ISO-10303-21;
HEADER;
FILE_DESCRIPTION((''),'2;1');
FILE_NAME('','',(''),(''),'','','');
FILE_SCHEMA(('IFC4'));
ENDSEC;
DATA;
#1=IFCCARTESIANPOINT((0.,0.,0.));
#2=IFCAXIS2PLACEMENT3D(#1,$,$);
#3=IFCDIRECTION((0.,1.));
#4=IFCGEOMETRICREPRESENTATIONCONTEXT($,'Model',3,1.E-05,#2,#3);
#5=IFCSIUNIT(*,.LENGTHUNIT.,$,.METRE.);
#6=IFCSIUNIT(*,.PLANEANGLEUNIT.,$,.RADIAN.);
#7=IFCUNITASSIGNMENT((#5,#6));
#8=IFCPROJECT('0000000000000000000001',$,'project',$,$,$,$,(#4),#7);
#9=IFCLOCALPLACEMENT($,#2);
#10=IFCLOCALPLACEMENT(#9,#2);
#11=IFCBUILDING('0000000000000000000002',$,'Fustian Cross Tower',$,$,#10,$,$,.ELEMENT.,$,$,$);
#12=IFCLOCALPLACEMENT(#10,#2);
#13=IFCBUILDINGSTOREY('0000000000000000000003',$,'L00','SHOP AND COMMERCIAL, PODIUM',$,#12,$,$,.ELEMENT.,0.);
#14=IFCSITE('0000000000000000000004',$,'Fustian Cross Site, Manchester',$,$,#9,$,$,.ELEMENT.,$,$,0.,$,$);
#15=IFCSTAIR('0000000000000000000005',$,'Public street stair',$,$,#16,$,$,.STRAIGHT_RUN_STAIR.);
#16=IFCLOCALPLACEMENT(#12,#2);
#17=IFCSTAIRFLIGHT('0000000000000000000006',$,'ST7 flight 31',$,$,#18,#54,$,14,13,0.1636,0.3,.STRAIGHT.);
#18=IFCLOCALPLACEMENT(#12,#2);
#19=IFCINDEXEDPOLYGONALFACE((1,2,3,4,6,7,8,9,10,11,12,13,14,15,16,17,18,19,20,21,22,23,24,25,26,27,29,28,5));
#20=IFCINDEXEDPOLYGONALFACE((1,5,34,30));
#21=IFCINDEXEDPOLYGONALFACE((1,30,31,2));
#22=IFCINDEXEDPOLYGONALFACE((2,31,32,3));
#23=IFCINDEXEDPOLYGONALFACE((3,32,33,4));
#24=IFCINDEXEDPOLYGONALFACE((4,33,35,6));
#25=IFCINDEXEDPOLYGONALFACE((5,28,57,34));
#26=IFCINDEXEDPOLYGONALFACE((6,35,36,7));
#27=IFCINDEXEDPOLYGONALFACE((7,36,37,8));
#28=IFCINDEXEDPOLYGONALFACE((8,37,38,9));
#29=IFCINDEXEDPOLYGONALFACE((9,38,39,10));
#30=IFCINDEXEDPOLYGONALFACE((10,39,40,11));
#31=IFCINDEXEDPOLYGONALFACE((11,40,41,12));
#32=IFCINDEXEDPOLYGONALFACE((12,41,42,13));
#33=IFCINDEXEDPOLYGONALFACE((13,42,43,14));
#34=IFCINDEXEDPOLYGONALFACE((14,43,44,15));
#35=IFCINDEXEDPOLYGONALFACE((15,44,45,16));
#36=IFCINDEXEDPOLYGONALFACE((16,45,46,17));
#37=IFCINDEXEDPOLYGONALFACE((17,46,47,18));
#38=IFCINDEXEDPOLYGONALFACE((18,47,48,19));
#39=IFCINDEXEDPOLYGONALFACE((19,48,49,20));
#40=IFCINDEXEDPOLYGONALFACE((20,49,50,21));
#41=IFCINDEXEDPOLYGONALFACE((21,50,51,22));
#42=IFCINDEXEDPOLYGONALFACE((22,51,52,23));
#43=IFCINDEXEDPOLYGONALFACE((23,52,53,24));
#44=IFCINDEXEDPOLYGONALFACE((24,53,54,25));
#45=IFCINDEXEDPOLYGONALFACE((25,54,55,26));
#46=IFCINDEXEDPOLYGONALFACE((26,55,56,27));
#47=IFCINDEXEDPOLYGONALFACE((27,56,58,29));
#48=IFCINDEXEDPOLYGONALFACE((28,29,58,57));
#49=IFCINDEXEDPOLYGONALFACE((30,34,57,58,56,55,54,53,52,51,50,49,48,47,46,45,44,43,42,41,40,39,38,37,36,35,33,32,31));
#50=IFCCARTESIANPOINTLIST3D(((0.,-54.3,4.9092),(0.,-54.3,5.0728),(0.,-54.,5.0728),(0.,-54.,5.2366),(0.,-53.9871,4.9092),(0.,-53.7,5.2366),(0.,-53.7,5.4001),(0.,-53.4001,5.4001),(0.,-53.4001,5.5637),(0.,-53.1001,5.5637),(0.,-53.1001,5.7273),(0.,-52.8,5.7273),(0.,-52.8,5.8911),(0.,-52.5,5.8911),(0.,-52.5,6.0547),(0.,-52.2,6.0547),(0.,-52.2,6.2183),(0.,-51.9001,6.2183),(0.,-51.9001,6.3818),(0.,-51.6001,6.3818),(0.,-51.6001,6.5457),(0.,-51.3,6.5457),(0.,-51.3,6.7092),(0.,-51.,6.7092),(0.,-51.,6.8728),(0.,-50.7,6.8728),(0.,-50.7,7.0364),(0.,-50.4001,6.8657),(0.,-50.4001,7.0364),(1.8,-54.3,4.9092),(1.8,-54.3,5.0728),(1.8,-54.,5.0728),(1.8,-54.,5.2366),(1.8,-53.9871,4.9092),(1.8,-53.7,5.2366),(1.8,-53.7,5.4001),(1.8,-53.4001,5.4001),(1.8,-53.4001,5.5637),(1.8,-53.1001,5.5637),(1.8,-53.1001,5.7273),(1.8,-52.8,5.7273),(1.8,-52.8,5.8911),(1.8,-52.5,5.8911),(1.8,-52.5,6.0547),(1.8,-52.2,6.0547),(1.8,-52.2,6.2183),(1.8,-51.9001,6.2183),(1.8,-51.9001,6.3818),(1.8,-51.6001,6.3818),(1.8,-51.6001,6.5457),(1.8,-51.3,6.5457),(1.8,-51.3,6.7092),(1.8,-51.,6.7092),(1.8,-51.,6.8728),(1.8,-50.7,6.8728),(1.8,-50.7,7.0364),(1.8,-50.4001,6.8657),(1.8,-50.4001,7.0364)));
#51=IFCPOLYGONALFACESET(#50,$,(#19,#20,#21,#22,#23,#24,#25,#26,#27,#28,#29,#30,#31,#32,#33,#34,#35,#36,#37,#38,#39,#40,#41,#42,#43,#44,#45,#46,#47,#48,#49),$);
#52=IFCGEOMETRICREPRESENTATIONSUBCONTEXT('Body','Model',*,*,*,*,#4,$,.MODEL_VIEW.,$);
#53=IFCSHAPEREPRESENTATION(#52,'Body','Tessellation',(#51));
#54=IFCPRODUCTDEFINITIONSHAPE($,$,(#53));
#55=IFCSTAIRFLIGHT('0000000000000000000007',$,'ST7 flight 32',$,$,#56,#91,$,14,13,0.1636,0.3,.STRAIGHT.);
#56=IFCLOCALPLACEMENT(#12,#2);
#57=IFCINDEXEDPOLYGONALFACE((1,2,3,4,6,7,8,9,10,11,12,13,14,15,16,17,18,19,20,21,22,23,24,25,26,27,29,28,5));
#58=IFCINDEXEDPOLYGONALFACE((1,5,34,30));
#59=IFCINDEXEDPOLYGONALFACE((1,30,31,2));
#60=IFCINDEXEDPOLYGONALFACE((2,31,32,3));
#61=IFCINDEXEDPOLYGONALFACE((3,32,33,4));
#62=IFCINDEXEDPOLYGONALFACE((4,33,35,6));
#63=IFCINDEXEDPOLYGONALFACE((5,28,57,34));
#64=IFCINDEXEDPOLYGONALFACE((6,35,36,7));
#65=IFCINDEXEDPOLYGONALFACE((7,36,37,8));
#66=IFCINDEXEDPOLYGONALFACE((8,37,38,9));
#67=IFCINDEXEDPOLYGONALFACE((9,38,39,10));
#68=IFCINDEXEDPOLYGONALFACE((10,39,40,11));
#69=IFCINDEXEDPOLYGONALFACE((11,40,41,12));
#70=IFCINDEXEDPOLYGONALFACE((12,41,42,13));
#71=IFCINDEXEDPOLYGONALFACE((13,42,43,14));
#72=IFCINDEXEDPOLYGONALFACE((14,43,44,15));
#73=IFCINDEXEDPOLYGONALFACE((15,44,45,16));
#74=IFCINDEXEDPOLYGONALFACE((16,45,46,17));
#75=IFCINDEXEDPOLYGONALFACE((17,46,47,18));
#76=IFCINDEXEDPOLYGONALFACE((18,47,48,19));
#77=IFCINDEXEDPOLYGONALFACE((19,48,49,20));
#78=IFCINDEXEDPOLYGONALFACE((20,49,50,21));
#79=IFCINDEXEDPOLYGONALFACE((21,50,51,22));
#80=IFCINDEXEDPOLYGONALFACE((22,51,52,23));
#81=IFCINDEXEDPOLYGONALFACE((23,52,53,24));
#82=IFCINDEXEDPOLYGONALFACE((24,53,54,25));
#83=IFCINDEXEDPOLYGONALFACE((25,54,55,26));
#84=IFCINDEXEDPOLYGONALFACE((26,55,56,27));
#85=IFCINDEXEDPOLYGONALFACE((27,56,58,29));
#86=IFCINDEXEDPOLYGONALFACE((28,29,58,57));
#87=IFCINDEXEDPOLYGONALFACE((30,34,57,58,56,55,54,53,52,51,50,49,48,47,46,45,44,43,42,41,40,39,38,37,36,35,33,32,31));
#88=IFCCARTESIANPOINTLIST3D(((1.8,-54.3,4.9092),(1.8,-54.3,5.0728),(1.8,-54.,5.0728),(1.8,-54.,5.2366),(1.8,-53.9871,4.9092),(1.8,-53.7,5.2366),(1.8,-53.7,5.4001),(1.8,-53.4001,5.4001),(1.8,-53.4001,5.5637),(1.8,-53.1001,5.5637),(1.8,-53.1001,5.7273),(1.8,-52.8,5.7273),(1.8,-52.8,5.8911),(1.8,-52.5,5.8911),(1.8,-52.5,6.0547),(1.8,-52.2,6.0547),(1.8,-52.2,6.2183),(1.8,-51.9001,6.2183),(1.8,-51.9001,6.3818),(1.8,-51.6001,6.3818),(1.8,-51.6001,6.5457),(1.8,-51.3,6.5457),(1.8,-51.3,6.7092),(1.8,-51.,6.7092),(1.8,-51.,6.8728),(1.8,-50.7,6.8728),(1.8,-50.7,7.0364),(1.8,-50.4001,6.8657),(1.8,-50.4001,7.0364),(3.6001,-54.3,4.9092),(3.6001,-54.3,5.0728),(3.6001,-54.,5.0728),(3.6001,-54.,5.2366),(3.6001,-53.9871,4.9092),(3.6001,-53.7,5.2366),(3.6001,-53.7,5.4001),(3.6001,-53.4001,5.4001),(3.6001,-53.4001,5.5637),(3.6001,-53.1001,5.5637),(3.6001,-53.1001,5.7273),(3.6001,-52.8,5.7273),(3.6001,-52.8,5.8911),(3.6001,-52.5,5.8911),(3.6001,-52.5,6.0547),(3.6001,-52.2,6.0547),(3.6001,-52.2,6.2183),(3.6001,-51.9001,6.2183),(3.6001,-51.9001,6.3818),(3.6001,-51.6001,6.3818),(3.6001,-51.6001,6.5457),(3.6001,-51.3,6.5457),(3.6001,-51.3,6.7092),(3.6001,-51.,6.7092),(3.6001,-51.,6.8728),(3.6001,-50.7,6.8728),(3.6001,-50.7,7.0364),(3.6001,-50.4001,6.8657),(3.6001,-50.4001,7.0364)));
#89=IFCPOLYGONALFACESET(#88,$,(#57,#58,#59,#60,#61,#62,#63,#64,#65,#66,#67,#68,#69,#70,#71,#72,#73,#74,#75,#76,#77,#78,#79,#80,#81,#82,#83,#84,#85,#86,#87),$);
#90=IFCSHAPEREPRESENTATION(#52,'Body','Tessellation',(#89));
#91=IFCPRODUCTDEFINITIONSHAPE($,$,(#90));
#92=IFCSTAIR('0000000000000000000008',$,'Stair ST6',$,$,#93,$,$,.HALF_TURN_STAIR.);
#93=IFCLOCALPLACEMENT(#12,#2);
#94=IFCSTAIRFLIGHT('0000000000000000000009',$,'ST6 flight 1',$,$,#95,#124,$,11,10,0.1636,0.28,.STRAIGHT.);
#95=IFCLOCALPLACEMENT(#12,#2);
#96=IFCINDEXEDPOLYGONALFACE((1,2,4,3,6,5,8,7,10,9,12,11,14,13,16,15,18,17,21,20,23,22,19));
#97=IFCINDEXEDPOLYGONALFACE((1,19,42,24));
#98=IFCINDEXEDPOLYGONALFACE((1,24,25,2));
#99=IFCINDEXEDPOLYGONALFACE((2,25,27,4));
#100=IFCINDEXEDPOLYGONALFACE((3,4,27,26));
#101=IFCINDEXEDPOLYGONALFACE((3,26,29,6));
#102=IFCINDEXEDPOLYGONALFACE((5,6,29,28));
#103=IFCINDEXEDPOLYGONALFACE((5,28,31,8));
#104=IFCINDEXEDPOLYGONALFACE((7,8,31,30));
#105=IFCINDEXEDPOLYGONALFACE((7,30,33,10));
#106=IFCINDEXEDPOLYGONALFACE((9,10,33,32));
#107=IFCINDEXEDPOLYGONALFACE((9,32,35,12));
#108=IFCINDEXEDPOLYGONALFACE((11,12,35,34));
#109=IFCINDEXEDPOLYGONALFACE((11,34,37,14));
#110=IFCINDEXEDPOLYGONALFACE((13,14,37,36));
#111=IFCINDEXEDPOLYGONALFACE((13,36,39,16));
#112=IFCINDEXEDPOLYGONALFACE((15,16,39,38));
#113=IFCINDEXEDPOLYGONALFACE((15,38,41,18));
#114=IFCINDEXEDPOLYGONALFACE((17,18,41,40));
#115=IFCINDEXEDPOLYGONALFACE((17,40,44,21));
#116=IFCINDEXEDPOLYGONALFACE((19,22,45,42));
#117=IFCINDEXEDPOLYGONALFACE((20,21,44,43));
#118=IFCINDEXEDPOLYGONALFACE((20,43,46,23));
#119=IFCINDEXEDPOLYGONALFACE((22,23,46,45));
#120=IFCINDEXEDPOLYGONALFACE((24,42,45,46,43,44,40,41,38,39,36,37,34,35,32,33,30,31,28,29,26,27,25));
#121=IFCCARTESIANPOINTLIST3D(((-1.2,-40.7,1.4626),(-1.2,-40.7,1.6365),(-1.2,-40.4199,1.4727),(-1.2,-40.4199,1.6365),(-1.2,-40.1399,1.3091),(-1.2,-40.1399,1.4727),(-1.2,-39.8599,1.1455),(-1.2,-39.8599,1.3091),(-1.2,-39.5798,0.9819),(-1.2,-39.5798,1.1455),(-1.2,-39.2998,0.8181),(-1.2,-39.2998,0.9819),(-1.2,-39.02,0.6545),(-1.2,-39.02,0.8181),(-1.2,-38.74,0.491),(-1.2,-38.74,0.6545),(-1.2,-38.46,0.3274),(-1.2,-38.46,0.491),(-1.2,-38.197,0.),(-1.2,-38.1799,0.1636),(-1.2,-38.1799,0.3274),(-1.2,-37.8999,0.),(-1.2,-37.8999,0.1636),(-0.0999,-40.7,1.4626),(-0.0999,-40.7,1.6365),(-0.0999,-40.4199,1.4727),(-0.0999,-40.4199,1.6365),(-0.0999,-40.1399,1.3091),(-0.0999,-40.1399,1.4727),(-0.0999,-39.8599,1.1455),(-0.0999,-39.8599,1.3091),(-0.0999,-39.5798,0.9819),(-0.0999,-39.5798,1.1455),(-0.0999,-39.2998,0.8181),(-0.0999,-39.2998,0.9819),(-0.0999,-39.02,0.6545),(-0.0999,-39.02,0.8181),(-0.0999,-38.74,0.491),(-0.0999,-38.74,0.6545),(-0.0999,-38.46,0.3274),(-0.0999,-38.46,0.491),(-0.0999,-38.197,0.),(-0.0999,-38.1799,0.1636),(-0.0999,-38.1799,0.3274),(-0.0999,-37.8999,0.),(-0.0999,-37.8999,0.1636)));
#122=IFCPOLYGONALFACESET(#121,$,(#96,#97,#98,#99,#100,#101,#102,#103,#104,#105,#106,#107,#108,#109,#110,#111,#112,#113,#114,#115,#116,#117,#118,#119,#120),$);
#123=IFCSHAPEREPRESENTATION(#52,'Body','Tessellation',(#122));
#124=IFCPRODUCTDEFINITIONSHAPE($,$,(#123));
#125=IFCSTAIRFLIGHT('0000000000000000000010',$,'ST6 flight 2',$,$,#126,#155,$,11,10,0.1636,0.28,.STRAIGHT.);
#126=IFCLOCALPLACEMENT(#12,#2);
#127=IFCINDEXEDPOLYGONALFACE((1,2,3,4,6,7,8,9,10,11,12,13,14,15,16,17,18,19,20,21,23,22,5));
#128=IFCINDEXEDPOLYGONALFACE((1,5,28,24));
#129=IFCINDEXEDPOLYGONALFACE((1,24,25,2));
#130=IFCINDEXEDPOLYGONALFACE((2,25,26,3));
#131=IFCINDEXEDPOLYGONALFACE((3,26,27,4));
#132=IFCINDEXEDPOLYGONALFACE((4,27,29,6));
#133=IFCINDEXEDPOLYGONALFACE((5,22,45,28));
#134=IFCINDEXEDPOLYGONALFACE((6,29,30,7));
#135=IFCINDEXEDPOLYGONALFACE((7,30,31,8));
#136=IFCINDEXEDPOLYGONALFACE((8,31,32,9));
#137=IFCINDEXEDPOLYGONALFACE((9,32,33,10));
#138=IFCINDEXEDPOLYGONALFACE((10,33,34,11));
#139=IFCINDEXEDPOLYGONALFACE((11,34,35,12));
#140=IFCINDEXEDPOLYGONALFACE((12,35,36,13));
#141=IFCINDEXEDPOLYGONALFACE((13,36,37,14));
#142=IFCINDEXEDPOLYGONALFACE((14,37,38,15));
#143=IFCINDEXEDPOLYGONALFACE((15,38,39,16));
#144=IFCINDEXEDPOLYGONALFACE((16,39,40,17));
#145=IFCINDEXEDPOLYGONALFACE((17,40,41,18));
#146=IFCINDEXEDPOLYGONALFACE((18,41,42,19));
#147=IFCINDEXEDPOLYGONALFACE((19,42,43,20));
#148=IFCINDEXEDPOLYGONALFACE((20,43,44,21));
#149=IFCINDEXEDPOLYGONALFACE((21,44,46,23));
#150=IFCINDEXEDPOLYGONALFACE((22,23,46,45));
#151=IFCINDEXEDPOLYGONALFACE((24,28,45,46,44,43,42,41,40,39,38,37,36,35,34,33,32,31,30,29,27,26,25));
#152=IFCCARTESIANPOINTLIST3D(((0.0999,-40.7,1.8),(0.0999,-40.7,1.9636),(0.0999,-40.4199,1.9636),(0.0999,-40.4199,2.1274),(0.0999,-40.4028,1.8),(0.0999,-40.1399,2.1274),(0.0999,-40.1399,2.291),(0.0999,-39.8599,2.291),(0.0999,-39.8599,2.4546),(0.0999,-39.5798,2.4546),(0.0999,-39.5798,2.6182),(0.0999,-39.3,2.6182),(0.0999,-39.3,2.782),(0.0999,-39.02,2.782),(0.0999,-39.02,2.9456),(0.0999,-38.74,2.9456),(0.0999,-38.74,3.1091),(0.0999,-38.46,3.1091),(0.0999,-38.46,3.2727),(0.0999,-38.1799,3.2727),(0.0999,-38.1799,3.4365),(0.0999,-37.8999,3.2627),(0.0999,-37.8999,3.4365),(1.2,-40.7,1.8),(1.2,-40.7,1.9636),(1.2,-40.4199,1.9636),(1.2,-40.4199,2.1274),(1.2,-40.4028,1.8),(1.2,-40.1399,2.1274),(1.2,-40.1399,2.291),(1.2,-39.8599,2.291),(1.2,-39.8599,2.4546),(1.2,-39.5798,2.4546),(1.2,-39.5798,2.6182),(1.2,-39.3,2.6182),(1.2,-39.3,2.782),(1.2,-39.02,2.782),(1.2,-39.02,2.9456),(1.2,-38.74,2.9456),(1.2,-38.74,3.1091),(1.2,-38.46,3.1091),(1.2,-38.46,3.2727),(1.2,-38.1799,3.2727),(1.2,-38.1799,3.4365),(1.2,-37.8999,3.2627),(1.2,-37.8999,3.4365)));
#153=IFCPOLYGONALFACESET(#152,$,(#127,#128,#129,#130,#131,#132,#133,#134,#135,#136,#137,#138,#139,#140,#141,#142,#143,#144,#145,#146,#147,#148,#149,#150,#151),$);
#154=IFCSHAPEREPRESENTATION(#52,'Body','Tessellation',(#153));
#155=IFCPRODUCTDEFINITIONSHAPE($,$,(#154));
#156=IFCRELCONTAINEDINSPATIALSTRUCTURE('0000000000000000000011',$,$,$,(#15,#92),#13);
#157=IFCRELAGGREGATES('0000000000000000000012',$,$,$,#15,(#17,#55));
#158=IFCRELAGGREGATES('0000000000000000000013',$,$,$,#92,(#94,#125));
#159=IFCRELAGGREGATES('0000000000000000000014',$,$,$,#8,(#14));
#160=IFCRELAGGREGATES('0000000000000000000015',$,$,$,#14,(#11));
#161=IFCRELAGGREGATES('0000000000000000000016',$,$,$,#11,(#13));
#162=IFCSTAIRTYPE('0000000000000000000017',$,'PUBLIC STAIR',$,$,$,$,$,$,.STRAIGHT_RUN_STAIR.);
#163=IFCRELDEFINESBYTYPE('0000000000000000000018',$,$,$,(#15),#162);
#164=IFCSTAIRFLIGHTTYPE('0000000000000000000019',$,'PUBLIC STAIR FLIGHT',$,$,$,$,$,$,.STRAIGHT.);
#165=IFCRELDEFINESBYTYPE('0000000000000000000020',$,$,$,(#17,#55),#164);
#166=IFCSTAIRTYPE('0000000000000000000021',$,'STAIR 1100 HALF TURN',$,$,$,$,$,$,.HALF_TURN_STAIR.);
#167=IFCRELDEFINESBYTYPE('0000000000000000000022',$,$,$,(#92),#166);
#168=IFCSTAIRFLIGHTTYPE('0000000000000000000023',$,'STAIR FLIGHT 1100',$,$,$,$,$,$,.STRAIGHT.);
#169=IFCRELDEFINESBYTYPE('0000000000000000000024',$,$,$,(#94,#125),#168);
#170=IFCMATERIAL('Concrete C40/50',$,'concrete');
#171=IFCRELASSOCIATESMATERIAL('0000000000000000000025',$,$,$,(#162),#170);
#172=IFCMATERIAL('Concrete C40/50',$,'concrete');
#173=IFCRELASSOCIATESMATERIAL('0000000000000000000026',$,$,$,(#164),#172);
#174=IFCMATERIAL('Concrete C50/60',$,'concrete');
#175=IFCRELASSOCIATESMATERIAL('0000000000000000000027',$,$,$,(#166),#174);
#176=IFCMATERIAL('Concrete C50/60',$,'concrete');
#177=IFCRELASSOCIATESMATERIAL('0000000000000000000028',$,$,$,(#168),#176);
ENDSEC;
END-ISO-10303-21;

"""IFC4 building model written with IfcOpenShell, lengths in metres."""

from ifc_helpers import new_model, si_unit, direction, frame, origin, place, context, subcontext, project, spatial, polyline, outline, extrude, material, type_object, element, aggregate, save


model = new_model("IFC4")

# Units and contexts
model_context = context("Model", 3, precision=1e-05, world=origin(), true_north=direction((0.0, 1.0)))
body_context = subcontext(model_context, "Body", "Model", "MODEL_VIEW")
ifc_project = project(units=[si_unit("LENGTHUNIT", "METRE"), si_unit("PLANEANGLEUNIT", "RADIAN")], contexts=[model_context])

# Site, building, storey
site_placement = place(None, origin())
site = spatial("IfcSite", under=ifc_project, at=site_placement, Name="Fustian Cross Site, Manchester", CompositionType="ELEMENT", RefElevation=0.0)
building_placement = place(site_placement, origin())
building = spatial("IfcBuilding", under=site, at=building_placement, Name="Fustian Cross Tower", CompositionType="ELEMENT")
storey_placement = place(building_placement, origin())
storey = spatial("IfcBuildingStorey", under=building, at=storey_placement, Name="L00", Description="SHOP AND COMMERCIAL, PODIUM", CompositionType="ELEMENT", Elevation=0.0)

# Stairs, stair flights
ifc_material_1 = material(Name="Concrete C40/50", Category="concrete")
stair_type_1 = type_object("IfcStairType", Name="PUBLIC STAIR", PredefinedType="STRAIGHT_RUN_STAIR", material=ifc_material_1)
stair_1_placement = place(storey_placement, origin())
stair_1 = element("IfcStair", 1, at=stair_1_placement, inside=storey, type_object=stair_type_1, Name="Public street stair", PredefinedType="STRAIGHT_RUN_STAIR")
ifc_material_2 = material(Name="Concrete C40/50", Category="concrete")
stair_flight_type_1 = type_object("IfcStairFlightType", Name="PUBLIC STAIR FLIGHT", PredefinedType="STRAIGHT", material=ifc_material_2)
stair_flight_1_placement = place(storey_placement, frame((0.8999, -54.3, 4.9092), z_axis=(0.0, 0.0, 1.0), x_axis=(0.0, 1.0, 0.0)))
stair_flight_1 = element("IfcStairFlight", 2, at=stair_flight_1_placement, type_object=stair_flight_type_1, Name="ST7 flight 31", NumberOfRisers=14, NumberOfTreads=13, PredefinedType="STRAIGHT", RiserHeight=0.1636, TreadLength=0.3, context=body_context, shape_type="SweptSolid", body=[
    extrude(outline(polyline([(0.0, 0.0), (0.0, 0.1636), (0.3, 0.1636), (0.3, 0.3274), (0.6001, 0.3274), (0.6001, 0.491), (0.8999, 0.491), (0.8999, 0.6545), (1.2, 0.6545), (1.2, 0.8181), (1.5, 0.8181), (1.5, 0.9819), (1.8, 0.9819), (1.8, 1.1455), (2.1001, 1.1455), (2.1001, 1.3091), (2.3999, 1.3091), (2.3999, 1.4727), (2.7, 1.4727), (2.7, 1.6365), (3.0, 1.6365), (3.0, 1.8), (3.3, 1.8), (3.3, 1.9636), (3.6001, 1.9636), (3.6001, 2.1272), (3.8999, 2.1272), (3.8999, 2.291), (3.8999, 1.9565), (0.313, 0.0), (0.0, 0.0)])), frame((0.0, 0.8999, 0.0), z_axis=(0.0, -1.0, 0.0), x_axis=(1.0, 0.0, 0.0)), (0.0, 0.0, 1.0), 1.8),
])
stair_flight_2_placement = place(storey_placement, frame((2.7, -54.3, 4.9092), z_axis=(0.0, 0.0, 1.0), x_axis=(0.0, 1.0, 0.0)))
stair_flight_2 = element("IfcStairFlight", 3, at=stair_flight_2_placement, type_object=stair_flight_type_1, Name="ST7 flight 32", NumberOfRisers=14, NumberOfTreads=13, PredefinedType="STRAIGHT", RiserHeight=0.1636, TreadLength=0.3, context=body_context, shape_type="SweptSolid", body=[
    extrude(outline(polyline([(0.0, 0.0), (0.0, 0.1636), (0.3, 0.1636), (0.3, 0.3274), (0.6001, 0.3274), (0.6001, 0.491), (0.8999, 0.491), (0.8999, 0.6545), (1.2, 0.6545), (1.2, 0.8181), (1.5, 0.8181), (1.5, 0.9819), (1.8, 0.9819), (1.8, 1.1455), (2.1001, 1.1455), (2.1001, 1.3091), (2.3999, 1.3091), (2.3999, 1.4727), (2.7, 1.4727), (2.7, 1.6365), (3.0, 1.6365), (3.0, 1.8), (3.3, 1.8), (3.3, 1.9636), (3.6001, 1.9636), (3.6001, 2.1272), (3.8999, 2.1272), (3.8999, 2.291), (3.8999, 1.9565), (0.313, 0.0), (0.0, 0.0)])), frame((0.0, 0.8999, 0.0), z_axis=(0.0, -1.0, 0.0), x_axis=(1.0, 0.0, 0.0)), (0.0, 0.0, 1.0), 1.8),
])
aggregate(stair_1, [stair_flight_1, stair_flight_2])
ifc_material_3 = material(Name="Concrete C50/60", Category="concrete")
stair_type_2 = type_object("IfcStairType", Name="STAIR 1100 HALF TURN", PredefinedType="HALF_TURN_STAIR", material=ifc_material_3)
stair_2_placement = place(storey_placement, origin())
stair_2 = element("IfcStair", 4, at=stair_2_placement, inside=storey, type_object=stair_type_2, Name="Stair ST6", PredefinedType="HALF_TURN_STAIR")
ifc_material_4 = material(Name="Concrete C50/60", Category="concrete")
stair_flight_type_2 = type_object("IfcStairFlightType", Name="STAIR FLIGHT 1100", PredefinedType="STRAIGHT", material=ifc_material_4)
stair_flight_3_placement = place(storey_placement, frame((-0.6499, -37.8999, 0.0), z_axis=(0.0, 0.0, 1.0), x_axis=(0.0, -1.0, 0.0)))
stair_flight_3 = element("IfcStairFlight", 5, at=stair_flight_3_placement, type_object=stair_flight_type_2, Name="ST6 flight 1", NumberOfRisers=11, NumberOfTreads=10, PredefinedType="STRAIGHT", RiserHeight=0.1636, TreadLength=0.28, context=body_context, shape_type="SweptSolid", body=[
    extrude(outline(polyline([(0.0, 0.0), (0.0, 0.1636), (0.28, 0.1636), (0.28, 0.3274), (0.5601, 0.3274), (0.5601, 0.491), (0.8401, 0.491), (0.8401, 0.6545), (1.1201, 0.6545), (1.1201, 0.8181), (1.3999, 0.8181), (1.3999, 0.9819), (1.6799, 0.9819), (1.6799, 1.1455), (1.96, 1.1455), (1.96, 1.3091), (2.24, 1.3091), (2.24, 1.4727), (2.52, 1.4727), (2.52, 1.6365), (2.8, 1.6365), (2.8, 1.8), (2.8, 1.4626), (0.2971, 0.0), (0.0, 0.0)])), frame((0.0, 0.55, 0.0), z_axis=(0.0, -1.0, 0.0), x_axis=(1.0, 0.0, 0.0)), (0.0, 0.0, 1.0), 1.1001),
])
stair_flight_4_placement = place(storey_placement, frame((0.6499, -40.7, 1.8), z_axis=(0.0, 0.0, 1.0), x_axis=(0.0, 1.0, 0.0)))
stair_flight_4 = element("IfcStairFlight", 6, at=stair_flight_4_placement, type_object=stair_flight_type_2, Name="ST6 flight 2", NumberOfRisers=11, NumberOfTreads=10, PredefinedType="STRAIGHT", RiserHeight=0.1636, TreadLength=0.28, context=body_context, shape_type="SweptSolid", body=[
    extrude(outline(polyline([(0.0, 0.0), (0.0, 0.1636), (0.28, 0.1636), (0.28, 0.3274), (0.5601, 0.3274), (0.5601, 0.491), (0.8401, 0.491), (0.8401, 0.6545), (1.1201, 0.6545), (1.1201, 0.8181), (1.3999, 0.8181), (1.3999, 0.9819), (1.6799, 0.9819), (1.6799, 1.1455), (1.96, 1.1455), (1.96, 1.3091), (2.24, 1.3091), (2.24, 1.4727), (2.52, 1.4727), (2.52, 1.6365), (2.8, 1.6365), (2.8, 1.8), (2.8, 1.4626), (0.2971, 0.0), (0.0, 0.0)])), frame((0.0, 0.55, 0.0), z_axis=(0.0, -1.0, 0.0), x_axis=(1.0, 0.0, 0.0)), (0.0, 0.0, 1.0), 1.1001),
])
aggregate(stair_2, [stair_flight_3, stair_flight_4])

save(model, "model.ifc")
